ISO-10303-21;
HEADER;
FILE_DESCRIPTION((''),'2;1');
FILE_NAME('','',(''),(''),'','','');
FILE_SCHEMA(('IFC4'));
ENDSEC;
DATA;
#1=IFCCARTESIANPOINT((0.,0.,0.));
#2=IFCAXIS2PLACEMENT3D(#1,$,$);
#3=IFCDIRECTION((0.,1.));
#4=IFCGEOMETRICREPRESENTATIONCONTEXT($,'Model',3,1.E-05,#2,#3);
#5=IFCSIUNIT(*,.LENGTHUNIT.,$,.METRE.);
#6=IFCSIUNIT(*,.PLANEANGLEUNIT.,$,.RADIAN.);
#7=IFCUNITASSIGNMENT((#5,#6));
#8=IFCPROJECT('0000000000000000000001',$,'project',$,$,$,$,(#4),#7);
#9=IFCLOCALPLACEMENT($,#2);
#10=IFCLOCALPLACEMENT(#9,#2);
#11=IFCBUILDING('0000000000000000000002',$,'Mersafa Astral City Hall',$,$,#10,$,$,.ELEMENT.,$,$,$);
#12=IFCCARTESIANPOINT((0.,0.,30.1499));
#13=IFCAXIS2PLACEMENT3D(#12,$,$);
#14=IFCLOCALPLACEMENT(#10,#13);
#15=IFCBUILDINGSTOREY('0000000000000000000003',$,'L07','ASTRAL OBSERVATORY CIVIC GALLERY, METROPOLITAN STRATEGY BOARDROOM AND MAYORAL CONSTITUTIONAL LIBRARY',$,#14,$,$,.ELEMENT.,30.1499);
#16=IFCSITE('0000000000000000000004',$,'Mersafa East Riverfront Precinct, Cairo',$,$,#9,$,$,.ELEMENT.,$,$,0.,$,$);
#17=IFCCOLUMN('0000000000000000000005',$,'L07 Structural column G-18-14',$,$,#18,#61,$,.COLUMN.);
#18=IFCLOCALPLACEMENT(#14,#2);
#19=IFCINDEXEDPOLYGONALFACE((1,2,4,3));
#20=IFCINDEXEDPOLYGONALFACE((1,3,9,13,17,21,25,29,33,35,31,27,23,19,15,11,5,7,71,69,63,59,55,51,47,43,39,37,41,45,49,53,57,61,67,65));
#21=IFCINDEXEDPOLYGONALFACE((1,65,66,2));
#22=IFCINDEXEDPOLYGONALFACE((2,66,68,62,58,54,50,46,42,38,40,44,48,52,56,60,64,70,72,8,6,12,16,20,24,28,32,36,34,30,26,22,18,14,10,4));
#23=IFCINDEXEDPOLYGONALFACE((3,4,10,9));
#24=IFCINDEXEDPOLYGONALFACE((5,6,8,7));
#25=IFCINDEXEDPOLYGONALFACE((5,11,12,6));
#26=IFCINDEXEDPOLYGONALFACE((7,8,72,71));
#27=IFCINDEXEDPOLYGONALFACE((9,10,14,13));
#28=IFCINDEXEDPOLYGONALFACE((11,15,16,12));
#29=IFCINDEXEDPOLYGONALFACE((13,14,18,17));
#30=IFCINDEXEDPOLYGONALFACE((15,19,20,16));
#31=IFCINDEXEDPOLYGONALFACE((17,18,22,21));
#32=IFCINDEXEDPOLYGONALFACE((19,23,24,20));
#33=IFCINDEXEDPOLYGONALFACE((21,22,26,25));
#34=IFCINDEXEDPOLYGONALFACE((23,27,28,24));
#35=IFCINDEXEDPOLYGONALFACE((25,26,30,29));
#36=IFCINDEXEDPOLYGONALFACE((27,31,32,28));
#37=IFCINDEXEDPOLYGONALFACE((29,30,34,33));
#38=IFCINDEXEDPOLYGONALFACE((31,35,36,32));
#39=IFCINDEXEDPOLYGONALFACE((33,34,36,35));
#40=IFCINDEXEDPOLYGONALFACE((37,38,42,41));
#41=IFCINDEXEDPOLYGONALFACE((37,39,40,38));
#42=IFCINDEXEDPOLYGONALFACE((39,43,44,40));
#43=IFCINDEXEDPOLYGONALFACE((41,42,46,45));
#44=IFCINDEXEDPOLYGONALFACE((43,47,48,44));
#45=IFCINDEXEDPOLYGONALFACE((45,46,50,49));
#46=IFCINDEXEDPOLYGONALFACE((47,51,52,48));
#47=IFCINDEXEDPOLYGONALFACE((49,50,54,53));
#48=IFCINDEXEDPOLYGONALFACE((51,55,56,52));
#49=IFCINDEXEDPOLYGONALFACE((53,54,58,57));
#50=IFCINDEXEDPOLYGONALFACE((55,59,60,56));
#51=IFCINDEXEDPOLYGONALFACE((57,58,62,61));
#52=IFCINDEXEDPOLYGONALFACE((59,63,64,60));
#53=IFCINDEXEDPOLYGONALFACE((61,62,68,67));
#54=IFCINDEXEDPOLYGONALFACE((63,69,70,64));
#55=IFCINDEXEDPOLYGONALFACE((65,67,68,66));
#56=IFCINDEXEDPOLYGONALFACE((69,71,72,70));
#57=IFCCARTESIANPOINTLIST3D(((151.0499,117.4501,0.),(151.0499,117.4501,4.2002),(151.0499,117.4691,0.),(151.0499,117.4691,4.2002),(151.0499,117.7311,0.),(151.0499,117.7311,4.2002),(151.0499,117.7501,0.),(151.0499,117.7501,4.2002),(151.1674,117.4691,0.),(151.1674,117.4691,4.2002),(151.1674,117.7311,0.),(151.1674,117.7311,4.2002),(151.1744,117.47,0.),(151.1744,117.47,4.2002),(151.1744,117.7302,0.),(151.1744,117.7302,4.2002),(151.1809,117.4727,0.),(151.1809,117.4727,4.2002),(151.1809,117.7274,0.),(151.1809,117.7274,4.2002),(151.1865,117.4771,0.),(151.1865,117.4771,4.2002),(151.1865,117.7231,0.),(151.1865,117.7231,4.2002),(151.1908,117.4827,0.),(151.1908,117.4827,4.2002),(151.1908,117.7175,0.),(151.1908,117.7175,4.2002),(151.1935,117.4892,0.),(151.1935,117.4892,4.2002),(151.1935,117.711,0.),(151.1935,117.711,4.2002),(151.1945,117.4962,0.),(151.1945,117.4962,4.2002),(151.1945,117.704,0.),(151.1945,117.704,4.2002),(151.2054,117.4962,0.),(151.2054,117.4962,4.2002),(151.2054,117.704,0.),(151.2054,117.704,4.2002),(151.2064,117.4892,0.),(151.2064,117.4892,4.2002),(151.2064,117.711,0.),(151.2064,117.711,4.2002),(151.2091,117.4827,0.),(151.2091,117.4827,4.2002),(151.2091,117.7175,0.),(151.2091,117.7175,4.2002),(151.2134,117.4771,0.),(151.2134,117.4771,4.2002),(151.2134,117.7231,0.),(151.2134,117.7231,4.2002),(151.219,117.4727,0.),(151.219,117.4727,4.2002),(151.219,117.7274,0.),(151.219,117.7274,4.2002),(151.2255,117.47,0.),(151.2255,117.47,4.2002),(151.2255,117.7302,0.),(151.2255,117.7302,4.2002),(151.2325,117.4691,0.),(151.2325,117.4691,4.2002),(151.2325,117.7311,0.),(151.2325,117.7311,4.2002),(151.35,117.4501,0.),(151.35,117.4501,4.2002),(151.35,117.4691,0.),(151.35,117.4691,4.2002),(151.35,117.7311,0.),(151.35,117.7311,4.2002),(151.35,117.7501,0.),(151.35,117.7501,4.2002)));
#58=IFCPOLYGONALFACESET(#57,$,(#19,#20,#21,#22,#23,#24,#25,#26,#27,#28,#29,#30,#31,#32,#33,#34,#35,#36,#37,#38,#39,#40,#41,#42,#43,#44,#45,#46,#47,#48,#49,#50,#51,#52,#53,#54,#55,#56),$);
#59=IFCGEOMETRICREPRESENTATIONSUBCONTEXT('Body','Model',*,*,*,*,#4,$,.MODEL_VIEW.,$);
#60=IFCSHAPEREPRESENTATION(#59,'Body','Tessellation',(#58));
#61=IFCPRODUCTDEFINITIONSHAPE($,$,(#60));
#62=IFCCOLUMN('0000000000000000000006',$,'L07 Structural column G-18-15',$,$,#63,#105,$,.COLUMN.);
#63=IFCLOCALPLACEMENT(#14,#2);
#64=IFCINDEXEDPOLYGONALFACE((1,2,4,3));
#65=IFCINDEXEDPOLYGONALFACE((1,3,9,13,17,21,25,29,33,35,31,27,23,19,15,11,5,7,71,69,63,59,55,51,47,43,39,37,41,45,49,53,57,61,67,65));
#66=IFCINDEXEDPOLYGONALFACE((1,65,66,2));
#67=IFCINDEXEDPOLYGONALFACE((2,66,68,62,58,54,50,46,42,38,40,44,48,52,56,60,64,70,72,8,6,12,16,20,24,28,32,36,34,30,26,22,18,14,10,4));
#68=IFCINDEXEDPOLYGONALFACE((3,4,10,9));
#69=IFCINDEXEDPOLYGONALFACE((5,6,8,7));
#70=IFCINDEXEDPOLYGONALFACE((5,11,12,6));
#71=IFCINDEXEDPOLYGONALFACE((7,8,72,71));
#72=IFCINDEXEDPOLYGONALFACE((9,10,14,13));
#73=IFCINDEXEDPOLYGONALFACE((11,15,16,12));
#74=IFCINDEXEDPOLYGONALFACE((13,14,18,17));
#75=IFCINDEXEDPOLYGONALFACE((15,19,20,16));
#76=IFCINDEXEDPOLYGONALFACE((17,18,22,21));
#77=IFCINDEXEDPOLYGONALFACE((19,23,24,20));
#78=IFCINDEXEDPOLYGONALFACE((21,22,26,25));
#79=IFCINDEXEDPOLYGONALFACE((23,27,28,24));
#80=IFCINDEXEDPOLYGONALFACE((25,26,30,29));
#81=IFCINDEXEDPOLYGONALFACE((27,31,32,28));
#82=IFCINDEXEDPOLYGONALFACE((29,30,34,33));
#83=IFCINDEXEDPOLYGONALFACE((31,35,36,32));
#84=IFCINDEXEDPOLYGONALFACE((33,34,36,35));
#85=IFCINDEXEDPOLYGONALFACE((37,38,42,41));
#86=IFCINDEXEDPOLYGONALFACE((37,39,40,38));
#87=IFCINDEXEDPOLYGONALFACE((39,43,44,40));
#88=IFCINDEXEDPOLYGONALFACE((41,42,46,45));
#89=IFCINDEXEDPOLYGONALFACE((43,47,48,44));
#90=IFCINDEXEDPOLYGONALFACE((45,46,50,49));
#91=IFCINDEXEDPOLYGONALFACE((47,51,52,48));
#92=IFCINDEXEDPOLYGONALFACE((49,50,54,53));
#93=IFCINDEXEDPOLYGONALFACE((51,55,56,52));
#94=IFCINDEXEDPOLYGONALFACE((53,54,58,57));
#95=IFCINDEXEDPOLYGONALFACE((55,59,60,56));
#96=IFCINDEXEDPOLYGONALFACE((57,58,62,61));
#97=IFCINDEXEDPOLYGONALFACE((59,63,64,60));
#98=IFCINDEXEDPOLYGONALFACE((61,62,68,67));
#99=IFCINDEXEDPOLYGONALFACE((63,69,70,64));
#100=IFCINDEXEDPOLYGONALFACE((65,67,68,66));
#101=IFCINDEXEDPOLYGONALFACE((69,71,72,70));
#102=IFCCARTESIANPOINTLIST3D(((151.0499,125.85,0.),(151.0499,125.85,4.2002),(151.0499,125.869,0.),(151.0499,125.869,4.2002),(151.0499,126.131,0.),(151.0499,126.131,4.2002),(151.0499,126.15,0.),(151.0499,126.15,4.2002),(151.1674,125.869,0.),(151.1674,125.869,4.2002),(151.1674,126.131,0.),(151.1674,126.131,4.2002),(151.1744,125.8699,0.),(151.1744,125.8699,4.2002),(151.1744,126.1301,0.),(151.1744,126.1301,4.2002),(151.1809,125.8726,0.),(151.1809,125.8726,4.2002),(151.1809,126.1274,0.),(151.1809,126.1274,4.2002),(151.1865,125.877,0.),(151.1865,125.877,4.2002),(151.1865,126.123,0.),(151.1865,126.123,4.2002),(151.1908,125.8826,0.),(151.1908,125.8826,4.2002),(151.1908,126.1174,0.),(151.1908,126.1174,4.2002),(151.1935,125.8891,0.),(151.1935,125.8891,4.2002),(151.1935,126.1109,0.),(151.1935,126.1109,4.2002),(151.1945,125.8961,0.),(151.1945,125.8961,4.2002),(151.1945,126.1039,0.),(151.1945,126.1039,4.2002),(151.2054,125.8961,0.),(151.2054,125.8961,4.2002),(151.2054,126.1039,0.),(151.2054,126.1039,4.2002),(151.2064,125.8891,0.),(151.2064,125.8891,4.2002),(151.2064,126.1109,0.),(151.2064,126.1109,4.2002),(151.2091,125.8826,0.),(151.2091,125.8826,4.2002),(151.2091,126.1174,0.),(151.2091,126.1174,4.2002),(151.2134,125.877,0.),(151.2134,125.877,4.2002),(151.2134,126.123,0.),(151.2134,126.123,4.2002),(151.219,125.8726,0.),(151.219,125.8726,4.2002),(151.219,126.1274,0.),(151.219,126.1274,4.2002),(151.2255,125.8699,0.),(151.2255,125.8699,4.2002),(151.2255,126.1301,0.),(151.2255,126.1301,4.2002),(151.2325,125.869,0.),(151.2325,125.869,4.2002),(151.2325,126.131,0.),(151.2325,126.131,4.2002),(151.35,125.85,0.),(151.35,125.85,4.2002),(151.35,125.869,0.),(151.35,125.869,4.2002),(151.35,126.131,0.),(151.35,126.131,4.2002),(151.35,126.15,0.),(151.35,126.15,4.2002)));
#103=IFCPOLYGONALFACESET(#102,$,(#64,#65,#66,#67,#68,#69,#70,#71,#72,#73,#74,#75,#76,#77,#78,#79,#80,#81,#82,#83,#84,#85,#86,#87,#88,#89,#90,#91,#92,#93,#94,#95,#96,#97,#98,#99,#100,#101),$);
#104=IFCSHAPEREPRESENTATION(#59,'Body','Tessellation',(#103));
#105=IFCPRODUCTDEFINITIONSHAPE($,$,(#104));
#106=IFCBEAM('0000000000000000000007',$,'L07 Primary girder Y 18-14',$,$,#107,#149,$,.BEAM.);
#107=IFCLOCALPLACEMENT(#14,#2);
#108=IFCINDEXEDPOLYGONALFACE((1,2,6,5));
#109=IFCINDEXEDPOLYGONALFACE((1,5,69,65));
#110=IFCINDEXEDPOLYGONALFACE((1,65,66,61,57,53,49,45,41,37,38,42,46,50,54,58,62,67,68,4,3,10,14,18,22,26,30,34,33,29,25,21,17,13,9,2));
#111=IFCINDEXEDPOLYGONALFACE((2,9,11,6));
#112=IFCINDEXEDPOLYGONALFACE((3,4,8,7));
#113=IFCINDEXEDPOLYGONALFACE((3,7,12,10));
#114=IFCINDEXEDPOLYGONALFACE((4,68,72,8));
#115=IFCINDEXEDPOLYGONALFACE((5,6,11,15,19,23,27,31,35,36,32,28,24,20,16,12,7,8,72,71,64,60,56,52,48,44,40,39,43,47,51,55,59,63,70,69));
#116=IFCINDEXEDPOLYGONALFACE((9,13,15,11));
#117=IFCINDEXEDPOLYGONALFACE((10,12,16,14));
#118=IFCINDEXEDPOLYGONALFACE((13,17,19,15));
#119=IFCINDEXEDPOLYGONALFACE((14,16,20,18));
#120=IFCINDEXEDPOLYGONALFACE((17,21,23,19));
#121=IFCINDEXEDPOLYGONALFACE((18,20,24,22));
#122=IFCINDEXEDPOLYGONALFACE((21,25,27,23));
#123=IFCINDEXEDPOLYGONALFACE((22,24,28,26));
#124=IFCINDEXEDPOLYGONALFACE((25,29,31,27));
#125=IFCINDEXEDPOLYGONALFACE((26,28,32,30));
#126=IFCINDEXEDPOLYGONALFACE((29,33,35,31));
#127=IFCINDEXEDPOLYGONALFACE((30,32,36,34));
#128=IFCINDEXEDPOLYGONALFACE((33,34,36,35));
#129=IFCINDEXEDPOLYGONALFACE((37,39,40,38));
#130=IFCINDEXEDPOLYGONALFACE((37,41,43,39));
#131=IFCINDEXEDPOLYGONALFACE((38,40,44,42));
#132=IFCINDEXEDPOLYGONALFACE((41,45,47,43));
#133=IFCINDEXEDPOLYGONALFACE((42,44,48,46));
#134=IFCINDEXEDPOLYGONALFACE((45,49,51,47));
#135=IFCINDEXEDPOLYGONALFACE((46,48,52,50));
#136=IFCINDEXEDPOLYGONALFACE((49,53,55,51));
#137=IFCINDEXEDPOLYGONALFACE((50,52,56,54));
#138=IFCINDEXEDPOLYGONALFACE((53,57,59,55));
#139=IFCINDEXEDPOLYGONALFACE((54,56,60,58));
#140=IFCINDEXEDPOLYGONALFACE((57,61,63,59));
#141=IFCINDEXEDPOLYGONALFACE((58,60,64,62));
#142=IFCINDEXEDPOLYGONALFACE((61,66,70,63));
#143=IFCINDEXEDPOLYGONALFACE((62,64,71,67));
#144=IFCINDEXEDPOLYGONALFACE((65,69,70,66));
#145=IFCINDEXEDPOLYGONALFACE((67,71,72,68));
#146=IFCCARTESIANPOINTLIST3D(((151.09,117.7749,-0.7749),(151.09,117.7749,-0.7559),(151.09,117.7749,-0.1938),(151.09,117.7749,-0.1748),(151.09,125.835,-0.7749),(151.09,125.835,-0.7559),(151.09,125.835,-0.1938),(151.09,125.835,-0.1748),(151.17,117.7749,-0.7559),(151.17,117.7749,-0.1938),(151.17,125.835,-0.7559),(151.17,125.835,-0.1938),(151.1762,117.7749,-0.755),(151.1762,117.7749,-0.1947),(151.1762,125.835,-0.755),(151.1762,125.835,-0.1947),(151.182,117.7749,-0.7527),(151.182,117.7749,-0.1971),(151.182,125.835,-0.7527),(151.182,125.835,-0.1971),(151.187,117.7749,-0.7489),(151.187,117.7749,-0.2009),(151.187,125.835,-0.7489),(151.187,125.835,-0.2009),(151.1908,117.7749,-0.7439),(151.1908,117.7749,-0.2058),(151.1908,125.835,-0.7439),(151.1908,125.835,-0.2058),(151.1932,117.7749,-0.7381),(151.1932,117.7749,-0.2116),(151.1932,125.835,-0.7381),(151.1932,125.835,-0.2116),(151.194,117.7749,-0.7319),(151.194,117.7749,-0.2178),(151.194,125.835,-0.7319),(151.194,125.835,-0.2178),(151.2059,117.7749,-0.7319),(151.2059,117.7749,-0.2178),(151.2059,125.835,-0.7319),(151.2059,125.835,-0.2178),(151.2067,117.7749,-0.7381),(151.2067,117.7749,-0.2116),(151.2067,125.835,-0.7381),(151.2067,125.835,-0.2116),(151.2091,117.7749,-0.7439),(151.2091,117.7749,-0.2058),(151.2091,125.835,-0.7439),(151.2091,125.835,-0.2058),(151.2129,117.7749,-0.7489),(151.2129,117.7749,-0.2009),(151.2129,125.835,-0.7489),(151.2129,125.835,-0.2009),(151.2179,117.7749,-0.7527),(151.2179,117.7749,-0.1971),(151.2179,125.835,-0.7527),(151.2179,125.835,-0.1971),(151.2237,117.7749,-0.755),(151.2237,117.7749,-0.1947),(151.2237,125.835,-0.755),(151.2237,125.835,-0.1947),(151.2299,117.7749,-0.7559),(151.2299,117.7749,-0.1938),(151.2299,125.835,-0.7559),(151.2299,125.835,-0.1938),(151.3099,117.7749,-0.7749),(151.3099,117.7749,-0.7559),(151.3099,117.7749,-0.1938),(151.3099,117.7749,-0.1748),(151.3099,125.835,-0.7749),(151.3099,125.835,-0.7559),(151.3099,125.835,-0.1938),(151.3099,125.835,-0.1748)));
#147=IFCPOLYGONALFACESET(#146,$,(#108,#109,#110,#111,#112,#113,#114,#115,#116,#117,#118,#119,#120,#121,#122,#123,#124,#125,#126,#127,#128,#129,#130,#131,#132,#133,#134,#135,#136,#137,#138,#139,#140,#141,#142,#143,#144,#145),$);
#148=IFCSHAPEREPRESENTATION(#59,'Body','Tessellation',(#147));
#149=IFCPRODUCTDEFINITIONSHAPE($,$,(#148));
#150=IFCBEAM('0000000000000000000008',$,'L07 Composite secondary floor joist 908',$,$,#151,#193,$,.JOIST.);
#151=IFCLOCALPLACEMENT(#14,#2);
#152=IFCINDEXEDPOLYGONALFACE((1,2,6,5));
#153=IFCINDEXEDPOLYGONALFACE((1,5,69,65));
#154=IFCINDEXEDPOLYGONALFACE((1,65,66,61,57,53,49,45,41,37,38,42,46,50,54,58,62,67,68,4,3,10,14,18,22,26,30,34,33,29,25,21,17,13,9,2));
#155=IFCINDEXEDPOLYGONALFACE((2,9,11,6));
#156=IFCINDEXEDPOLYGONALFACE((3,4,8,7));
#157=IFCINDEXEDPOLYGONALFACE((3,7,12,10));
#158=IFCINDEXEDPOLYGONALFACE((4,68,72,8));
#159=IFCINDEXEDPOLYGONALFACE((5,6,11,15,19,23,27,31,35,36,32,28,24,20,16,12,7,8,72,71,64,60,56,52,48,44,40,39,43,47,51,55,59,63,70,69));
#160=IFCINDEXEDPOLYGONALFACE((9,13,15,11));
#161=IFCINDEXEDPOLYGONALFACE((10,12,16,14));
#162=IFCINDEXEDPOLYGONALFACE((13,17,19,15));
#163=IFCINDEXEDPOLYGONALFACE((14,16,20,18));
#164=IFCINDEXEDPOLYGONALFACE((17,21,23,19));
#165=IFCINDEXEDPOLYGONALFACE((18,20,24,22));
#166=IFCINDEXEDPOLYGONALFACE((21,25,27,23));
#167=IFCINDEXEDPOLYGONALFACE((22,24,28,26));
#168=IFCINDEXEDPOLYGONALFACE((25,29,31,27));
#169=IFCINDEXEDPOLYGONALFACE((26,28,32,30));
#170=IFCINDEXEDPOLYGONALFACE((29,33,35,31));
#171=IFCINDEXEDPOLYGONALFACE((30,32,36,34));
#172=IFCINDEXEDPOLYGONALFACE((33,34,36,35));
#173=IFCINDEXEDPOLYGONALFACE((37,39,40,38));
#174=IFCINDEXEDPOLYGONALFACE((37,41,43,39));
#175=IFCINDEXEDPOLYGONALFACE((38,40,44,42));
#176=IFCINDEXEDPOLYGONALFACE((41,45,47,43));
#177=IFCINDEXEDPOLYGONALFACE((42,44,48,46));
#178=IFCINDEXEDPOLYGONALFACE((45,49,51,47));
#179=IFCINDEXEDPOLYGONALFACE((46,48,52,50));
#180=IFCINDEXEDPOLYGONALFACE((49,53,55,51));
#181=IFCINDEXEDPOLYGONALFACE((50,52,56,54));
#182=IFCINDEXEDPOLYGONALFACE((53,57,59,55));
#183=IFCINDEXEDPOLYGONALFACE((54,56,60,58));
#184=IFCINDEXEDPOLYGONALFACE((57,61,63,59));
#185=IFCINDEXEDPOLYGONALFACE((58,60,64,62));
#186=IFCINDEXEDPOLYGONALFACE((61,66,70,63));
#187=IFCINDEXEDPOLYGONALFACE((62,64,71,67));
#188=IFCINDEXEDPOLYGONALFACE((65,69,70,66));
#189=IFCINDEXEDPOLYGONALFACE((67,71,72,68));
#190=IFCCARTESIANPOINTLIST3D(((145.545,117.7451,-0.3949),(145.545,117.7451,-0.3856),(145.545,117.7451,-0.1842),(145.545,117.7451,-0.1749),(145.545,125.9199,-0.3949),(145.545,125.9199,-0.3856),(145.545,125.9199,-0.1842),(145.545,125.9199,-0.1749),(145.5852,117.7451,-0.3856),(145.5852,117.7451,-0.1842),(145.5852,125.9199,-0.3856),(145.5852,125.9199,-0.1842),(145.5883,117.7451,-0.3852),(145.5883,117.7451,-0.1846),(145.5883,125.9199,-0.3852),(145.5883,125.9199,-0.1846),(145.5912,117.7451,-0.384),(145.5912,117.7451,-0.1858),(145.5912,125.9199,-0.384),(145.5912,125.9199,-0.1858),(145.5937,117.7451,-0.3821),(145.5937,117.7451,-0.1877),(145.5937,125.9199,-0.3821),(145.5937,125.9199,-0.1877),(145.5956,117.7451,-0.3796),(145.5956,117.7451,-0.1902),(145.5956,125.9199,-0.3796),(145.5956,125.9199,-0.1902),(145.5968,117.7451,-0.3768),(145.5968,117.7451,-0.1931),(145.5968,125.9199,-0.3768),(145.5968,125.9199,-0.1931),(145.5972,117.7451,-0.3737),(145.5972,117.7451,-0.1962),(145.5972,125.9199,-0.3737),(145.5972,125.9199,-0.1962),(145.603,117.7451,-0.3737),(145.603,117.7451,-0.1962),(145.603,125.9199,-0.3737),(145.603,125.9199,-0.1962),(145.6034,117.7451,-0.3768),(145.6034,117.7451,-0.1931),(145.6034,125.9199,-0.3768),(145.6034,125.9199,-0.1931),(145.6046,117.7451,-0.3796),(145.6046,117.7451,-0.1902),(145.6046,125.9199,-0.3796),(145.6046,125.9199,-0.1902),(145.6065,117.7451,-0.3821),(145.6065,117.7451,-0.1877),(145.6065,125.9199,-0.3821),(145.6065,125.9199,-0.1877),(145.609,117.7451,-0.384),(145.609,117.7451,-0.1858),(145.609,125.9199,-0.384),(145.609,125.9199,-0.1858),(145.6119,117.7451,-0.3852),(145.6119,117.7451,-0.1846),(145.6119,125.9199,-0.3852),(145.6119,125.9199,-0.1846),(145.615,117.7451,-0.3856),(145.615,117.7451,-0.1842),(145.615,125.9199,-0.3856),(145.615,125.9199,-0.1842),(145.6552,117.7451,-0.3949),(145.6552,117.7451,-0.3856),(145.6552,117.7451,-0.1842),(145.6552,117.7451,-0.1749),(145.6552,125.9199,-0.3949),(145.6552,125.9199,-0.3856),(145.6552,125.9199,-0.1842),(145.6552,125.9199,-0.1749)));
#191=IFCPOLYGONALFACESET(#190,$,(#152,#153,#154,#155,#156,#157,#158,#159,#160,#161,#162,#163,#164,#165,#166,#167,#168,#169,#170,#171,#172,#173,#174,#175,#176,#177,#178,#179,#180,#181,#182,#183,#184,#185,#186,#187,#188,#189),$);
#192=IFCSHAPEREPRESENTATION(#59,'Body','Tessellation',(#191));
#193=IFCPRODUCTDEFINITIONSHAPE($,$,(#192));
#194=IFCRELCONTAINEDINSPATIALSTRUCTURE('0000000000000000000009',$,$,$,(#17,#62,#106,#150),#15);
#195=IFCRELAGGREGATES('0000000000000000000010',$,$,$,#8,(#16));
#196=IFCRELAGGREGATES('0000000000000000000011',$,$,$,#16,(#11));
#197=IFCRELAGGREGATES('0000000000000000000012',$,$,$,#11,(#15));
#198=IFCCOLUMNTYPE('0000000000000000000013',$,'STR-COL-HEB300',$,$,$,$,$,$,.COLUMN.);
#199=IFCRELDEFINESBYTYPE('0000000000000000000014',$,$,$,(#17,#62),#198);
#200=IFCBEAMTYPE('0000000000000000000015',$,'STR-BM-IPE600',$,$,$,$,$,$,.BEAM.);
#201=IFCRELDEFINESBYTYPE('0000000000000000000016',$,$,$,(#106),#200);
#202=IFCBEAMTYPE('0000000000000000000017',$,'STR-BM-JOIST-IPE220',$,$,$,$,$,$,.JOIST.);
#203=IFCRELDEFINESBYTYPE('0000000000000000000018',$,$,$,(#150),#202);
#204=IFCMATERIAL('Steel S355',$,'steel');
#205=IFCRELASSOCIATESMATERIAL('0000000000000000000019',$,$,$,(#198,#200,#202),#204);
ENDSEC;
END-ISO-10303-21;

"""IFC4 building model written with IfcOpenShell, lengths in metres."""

from ifc_helpers import new_model, si_unit, direction, frame, origin, origin_2d, place, context, subcontext, project, spatial, i_section, extrude, material, material_profile, profile_set, type_object, element, save


model = new_model("IFC4")

# Units and contexts
model_context = context("Model", 3, precision=1e-05, world=origin(), true_north=direction((0.0, 1.0)))
body_context = subcontext(model_context, "Body", "Model", "MODEL_VIEW")
ifc_project = project(units=[si_unit("LENGTHUNIT", "METRE"), si_unit("PLANEANGLEUNIT", "RADIAN")], contexts=[model_context])

# Site, building, storey
site_placement = place(None, origin())
site = spatial("IfcSite", under=ifc_project, at=site_placement, Name="Mersafa East Riverfront Precinct, Cairo", CompositionType="ELEMENT", RefElevation=0.0)
building_placement = place(site_placement, origin())
building = spatial("IfcBuilding", under=site, at=building_placement, Name="Mersafa Astral City Hall", CompositionType="ELEMENT")
storey_placement = place(building_placement, frame((0.0, 0.0, 30.1499)))
storey = spatial("IfcBuildingStorey", under=building, at=storey_placement, Name="L07", Description="ASTRAL OBSERVATORY CIVIC GALLERY, METROPOLITAN STRATEGY BOARDROOM AND MAYORAL CONSTITUTIONAL LIBRARY", CompositionType="ELEMENT", Elevation=30.1499)

# Columns
ifc_material_1 = material(Name="Steel S355", Category="steel")
ifc_material_profile_1 = material_profile(ifc_material_1, i_section(OverallWidth=0.3, OverallDepth=0.3, WebThickness=0.011, FlangeThickness=0.019, FilletRadius=0.0271, at=origin_2d()), Name="HEB 300")
ifc_profile_set_1 = profile_set([ifc_material_profile_1], Name="Steel S355")
column_type = type_object("IfcColumnType", Name="STR-COL-HEB300", PredefinedType="COLUMN", material=ifc_profile_set_1)
for number, where, z_axis, x_axis, name in (
    (1, (151.2, 117.6001, 0.0), (0.0, 0.0, 1.0), (1.0, 0.0, 0.0), "L07 Structural column G-18-14"),
    (2, (151.2, 126.0, 0.0), (0.0, 0.0, 1.0), (1.0, 0.0, 0.0), "L07 Structural column G-18-15"),
):
    element("IfcColumn", number, at=place(storey_placement, frame(where, z_axis=z_axis, x_axis=x_axis)), inside=storey, type_object=column_type, Name=name, PredefinedType="COLUMN", context=body_context, shape_type="SweptSolid", body=[
        extrude(i_section(OverallWidth=0.3, OverallDepth=0.3, WebThickness=0.011, FlangeThickness=0.019, FilletRadius=0.0271, at=origin_2d()), origin(), (0.0, 0.0, 1.0), 4.2002),
    ])

# Beams
ifc_material_profile_2 = material_profile(ifc_material_1, i_section(OverallWidth=0.22, OverallDepth=0.6001, WebThickness=0.012, FlangeThickness=0.019, FilletRadius=0.0239, at=origin_2d()), Name="IPE 600")
ifc_profile_set_2 = profile_set([ifc_material_profile_2], Name="Steel S355")
beam_type_1 = type_object("IfcBeamType", Name="STR-BM-IPE600", PredefinedType="BEAM", material=ifc_profile_set_2)
beam_1_placement = place(storey_placement, frame((151.2, 117.7749, -0.4749), z_axis=(0.0, 1.0, 0.0), x_axis=(-1.0, 0.0, 0.0)))
element("IfcBeam", 3, at=beam_1_placement, inside=storey, type_object=beam_type_1, Name="L07 Primary girder Y 18-14", PredefinedType="BEAM", context=body_context, shape_type="SweptSolid", body=[
    extrude(i_section(OverallWidth=0.22, OverallDepth=0.6001, WebThickness=0.012, FlangeThickness=0.019, FilletRadius=0.0239, at=origin_2d()), origin(), (0.0, 0.0, 1.0), 8.0601),
])
ifc_material_profile_3 = material_profile(ifc_material_1, i_section(OverallWidth=0.1101, OverallDepth=0.22, WebThickness=0.0059, FlangeThickness=0.0093, FilletRadius=0.012, at=origin_2d()), Name="IPE 220")
ifc_profile_set_3 = profile_set([ifc_material_profile_3], Name="Steel S355")
beam_type_2 = type_object("IfcBeamType", Name="STR-BM-JOIST-IPE220", PredefinedType="JOIST", material=ifc_profile_set_3)
for number, where, z_axis, x_axis, name in (
    (4, (145.6001, 117.7451, -0.2849), (0.0, 1.0, 0.0), (-1.0, 0.0, 0.0), "L07 Composite secondary floor joist 908"),
):
    element("IfcBeam", number, at=place(storey_placement, frame(where, z_axis=z_axis, x_axis=x_axis)), inside=storey, type_object=beam_type_2, Name=name, PredefinedType="JOIST", context=body_context, shape_type="SweptSolid", body=[
        extrude(i_section(OverallWidth=0.1101, OverallDepth=0.22, WebThickness=0.0059, FlangeThickness=0.0093, FilletRadius=0.012, at=origin_2d()), origin(), (0.0, 0.0, 1.0), 8.1748),
    ])

save(model, "model.ifc")
